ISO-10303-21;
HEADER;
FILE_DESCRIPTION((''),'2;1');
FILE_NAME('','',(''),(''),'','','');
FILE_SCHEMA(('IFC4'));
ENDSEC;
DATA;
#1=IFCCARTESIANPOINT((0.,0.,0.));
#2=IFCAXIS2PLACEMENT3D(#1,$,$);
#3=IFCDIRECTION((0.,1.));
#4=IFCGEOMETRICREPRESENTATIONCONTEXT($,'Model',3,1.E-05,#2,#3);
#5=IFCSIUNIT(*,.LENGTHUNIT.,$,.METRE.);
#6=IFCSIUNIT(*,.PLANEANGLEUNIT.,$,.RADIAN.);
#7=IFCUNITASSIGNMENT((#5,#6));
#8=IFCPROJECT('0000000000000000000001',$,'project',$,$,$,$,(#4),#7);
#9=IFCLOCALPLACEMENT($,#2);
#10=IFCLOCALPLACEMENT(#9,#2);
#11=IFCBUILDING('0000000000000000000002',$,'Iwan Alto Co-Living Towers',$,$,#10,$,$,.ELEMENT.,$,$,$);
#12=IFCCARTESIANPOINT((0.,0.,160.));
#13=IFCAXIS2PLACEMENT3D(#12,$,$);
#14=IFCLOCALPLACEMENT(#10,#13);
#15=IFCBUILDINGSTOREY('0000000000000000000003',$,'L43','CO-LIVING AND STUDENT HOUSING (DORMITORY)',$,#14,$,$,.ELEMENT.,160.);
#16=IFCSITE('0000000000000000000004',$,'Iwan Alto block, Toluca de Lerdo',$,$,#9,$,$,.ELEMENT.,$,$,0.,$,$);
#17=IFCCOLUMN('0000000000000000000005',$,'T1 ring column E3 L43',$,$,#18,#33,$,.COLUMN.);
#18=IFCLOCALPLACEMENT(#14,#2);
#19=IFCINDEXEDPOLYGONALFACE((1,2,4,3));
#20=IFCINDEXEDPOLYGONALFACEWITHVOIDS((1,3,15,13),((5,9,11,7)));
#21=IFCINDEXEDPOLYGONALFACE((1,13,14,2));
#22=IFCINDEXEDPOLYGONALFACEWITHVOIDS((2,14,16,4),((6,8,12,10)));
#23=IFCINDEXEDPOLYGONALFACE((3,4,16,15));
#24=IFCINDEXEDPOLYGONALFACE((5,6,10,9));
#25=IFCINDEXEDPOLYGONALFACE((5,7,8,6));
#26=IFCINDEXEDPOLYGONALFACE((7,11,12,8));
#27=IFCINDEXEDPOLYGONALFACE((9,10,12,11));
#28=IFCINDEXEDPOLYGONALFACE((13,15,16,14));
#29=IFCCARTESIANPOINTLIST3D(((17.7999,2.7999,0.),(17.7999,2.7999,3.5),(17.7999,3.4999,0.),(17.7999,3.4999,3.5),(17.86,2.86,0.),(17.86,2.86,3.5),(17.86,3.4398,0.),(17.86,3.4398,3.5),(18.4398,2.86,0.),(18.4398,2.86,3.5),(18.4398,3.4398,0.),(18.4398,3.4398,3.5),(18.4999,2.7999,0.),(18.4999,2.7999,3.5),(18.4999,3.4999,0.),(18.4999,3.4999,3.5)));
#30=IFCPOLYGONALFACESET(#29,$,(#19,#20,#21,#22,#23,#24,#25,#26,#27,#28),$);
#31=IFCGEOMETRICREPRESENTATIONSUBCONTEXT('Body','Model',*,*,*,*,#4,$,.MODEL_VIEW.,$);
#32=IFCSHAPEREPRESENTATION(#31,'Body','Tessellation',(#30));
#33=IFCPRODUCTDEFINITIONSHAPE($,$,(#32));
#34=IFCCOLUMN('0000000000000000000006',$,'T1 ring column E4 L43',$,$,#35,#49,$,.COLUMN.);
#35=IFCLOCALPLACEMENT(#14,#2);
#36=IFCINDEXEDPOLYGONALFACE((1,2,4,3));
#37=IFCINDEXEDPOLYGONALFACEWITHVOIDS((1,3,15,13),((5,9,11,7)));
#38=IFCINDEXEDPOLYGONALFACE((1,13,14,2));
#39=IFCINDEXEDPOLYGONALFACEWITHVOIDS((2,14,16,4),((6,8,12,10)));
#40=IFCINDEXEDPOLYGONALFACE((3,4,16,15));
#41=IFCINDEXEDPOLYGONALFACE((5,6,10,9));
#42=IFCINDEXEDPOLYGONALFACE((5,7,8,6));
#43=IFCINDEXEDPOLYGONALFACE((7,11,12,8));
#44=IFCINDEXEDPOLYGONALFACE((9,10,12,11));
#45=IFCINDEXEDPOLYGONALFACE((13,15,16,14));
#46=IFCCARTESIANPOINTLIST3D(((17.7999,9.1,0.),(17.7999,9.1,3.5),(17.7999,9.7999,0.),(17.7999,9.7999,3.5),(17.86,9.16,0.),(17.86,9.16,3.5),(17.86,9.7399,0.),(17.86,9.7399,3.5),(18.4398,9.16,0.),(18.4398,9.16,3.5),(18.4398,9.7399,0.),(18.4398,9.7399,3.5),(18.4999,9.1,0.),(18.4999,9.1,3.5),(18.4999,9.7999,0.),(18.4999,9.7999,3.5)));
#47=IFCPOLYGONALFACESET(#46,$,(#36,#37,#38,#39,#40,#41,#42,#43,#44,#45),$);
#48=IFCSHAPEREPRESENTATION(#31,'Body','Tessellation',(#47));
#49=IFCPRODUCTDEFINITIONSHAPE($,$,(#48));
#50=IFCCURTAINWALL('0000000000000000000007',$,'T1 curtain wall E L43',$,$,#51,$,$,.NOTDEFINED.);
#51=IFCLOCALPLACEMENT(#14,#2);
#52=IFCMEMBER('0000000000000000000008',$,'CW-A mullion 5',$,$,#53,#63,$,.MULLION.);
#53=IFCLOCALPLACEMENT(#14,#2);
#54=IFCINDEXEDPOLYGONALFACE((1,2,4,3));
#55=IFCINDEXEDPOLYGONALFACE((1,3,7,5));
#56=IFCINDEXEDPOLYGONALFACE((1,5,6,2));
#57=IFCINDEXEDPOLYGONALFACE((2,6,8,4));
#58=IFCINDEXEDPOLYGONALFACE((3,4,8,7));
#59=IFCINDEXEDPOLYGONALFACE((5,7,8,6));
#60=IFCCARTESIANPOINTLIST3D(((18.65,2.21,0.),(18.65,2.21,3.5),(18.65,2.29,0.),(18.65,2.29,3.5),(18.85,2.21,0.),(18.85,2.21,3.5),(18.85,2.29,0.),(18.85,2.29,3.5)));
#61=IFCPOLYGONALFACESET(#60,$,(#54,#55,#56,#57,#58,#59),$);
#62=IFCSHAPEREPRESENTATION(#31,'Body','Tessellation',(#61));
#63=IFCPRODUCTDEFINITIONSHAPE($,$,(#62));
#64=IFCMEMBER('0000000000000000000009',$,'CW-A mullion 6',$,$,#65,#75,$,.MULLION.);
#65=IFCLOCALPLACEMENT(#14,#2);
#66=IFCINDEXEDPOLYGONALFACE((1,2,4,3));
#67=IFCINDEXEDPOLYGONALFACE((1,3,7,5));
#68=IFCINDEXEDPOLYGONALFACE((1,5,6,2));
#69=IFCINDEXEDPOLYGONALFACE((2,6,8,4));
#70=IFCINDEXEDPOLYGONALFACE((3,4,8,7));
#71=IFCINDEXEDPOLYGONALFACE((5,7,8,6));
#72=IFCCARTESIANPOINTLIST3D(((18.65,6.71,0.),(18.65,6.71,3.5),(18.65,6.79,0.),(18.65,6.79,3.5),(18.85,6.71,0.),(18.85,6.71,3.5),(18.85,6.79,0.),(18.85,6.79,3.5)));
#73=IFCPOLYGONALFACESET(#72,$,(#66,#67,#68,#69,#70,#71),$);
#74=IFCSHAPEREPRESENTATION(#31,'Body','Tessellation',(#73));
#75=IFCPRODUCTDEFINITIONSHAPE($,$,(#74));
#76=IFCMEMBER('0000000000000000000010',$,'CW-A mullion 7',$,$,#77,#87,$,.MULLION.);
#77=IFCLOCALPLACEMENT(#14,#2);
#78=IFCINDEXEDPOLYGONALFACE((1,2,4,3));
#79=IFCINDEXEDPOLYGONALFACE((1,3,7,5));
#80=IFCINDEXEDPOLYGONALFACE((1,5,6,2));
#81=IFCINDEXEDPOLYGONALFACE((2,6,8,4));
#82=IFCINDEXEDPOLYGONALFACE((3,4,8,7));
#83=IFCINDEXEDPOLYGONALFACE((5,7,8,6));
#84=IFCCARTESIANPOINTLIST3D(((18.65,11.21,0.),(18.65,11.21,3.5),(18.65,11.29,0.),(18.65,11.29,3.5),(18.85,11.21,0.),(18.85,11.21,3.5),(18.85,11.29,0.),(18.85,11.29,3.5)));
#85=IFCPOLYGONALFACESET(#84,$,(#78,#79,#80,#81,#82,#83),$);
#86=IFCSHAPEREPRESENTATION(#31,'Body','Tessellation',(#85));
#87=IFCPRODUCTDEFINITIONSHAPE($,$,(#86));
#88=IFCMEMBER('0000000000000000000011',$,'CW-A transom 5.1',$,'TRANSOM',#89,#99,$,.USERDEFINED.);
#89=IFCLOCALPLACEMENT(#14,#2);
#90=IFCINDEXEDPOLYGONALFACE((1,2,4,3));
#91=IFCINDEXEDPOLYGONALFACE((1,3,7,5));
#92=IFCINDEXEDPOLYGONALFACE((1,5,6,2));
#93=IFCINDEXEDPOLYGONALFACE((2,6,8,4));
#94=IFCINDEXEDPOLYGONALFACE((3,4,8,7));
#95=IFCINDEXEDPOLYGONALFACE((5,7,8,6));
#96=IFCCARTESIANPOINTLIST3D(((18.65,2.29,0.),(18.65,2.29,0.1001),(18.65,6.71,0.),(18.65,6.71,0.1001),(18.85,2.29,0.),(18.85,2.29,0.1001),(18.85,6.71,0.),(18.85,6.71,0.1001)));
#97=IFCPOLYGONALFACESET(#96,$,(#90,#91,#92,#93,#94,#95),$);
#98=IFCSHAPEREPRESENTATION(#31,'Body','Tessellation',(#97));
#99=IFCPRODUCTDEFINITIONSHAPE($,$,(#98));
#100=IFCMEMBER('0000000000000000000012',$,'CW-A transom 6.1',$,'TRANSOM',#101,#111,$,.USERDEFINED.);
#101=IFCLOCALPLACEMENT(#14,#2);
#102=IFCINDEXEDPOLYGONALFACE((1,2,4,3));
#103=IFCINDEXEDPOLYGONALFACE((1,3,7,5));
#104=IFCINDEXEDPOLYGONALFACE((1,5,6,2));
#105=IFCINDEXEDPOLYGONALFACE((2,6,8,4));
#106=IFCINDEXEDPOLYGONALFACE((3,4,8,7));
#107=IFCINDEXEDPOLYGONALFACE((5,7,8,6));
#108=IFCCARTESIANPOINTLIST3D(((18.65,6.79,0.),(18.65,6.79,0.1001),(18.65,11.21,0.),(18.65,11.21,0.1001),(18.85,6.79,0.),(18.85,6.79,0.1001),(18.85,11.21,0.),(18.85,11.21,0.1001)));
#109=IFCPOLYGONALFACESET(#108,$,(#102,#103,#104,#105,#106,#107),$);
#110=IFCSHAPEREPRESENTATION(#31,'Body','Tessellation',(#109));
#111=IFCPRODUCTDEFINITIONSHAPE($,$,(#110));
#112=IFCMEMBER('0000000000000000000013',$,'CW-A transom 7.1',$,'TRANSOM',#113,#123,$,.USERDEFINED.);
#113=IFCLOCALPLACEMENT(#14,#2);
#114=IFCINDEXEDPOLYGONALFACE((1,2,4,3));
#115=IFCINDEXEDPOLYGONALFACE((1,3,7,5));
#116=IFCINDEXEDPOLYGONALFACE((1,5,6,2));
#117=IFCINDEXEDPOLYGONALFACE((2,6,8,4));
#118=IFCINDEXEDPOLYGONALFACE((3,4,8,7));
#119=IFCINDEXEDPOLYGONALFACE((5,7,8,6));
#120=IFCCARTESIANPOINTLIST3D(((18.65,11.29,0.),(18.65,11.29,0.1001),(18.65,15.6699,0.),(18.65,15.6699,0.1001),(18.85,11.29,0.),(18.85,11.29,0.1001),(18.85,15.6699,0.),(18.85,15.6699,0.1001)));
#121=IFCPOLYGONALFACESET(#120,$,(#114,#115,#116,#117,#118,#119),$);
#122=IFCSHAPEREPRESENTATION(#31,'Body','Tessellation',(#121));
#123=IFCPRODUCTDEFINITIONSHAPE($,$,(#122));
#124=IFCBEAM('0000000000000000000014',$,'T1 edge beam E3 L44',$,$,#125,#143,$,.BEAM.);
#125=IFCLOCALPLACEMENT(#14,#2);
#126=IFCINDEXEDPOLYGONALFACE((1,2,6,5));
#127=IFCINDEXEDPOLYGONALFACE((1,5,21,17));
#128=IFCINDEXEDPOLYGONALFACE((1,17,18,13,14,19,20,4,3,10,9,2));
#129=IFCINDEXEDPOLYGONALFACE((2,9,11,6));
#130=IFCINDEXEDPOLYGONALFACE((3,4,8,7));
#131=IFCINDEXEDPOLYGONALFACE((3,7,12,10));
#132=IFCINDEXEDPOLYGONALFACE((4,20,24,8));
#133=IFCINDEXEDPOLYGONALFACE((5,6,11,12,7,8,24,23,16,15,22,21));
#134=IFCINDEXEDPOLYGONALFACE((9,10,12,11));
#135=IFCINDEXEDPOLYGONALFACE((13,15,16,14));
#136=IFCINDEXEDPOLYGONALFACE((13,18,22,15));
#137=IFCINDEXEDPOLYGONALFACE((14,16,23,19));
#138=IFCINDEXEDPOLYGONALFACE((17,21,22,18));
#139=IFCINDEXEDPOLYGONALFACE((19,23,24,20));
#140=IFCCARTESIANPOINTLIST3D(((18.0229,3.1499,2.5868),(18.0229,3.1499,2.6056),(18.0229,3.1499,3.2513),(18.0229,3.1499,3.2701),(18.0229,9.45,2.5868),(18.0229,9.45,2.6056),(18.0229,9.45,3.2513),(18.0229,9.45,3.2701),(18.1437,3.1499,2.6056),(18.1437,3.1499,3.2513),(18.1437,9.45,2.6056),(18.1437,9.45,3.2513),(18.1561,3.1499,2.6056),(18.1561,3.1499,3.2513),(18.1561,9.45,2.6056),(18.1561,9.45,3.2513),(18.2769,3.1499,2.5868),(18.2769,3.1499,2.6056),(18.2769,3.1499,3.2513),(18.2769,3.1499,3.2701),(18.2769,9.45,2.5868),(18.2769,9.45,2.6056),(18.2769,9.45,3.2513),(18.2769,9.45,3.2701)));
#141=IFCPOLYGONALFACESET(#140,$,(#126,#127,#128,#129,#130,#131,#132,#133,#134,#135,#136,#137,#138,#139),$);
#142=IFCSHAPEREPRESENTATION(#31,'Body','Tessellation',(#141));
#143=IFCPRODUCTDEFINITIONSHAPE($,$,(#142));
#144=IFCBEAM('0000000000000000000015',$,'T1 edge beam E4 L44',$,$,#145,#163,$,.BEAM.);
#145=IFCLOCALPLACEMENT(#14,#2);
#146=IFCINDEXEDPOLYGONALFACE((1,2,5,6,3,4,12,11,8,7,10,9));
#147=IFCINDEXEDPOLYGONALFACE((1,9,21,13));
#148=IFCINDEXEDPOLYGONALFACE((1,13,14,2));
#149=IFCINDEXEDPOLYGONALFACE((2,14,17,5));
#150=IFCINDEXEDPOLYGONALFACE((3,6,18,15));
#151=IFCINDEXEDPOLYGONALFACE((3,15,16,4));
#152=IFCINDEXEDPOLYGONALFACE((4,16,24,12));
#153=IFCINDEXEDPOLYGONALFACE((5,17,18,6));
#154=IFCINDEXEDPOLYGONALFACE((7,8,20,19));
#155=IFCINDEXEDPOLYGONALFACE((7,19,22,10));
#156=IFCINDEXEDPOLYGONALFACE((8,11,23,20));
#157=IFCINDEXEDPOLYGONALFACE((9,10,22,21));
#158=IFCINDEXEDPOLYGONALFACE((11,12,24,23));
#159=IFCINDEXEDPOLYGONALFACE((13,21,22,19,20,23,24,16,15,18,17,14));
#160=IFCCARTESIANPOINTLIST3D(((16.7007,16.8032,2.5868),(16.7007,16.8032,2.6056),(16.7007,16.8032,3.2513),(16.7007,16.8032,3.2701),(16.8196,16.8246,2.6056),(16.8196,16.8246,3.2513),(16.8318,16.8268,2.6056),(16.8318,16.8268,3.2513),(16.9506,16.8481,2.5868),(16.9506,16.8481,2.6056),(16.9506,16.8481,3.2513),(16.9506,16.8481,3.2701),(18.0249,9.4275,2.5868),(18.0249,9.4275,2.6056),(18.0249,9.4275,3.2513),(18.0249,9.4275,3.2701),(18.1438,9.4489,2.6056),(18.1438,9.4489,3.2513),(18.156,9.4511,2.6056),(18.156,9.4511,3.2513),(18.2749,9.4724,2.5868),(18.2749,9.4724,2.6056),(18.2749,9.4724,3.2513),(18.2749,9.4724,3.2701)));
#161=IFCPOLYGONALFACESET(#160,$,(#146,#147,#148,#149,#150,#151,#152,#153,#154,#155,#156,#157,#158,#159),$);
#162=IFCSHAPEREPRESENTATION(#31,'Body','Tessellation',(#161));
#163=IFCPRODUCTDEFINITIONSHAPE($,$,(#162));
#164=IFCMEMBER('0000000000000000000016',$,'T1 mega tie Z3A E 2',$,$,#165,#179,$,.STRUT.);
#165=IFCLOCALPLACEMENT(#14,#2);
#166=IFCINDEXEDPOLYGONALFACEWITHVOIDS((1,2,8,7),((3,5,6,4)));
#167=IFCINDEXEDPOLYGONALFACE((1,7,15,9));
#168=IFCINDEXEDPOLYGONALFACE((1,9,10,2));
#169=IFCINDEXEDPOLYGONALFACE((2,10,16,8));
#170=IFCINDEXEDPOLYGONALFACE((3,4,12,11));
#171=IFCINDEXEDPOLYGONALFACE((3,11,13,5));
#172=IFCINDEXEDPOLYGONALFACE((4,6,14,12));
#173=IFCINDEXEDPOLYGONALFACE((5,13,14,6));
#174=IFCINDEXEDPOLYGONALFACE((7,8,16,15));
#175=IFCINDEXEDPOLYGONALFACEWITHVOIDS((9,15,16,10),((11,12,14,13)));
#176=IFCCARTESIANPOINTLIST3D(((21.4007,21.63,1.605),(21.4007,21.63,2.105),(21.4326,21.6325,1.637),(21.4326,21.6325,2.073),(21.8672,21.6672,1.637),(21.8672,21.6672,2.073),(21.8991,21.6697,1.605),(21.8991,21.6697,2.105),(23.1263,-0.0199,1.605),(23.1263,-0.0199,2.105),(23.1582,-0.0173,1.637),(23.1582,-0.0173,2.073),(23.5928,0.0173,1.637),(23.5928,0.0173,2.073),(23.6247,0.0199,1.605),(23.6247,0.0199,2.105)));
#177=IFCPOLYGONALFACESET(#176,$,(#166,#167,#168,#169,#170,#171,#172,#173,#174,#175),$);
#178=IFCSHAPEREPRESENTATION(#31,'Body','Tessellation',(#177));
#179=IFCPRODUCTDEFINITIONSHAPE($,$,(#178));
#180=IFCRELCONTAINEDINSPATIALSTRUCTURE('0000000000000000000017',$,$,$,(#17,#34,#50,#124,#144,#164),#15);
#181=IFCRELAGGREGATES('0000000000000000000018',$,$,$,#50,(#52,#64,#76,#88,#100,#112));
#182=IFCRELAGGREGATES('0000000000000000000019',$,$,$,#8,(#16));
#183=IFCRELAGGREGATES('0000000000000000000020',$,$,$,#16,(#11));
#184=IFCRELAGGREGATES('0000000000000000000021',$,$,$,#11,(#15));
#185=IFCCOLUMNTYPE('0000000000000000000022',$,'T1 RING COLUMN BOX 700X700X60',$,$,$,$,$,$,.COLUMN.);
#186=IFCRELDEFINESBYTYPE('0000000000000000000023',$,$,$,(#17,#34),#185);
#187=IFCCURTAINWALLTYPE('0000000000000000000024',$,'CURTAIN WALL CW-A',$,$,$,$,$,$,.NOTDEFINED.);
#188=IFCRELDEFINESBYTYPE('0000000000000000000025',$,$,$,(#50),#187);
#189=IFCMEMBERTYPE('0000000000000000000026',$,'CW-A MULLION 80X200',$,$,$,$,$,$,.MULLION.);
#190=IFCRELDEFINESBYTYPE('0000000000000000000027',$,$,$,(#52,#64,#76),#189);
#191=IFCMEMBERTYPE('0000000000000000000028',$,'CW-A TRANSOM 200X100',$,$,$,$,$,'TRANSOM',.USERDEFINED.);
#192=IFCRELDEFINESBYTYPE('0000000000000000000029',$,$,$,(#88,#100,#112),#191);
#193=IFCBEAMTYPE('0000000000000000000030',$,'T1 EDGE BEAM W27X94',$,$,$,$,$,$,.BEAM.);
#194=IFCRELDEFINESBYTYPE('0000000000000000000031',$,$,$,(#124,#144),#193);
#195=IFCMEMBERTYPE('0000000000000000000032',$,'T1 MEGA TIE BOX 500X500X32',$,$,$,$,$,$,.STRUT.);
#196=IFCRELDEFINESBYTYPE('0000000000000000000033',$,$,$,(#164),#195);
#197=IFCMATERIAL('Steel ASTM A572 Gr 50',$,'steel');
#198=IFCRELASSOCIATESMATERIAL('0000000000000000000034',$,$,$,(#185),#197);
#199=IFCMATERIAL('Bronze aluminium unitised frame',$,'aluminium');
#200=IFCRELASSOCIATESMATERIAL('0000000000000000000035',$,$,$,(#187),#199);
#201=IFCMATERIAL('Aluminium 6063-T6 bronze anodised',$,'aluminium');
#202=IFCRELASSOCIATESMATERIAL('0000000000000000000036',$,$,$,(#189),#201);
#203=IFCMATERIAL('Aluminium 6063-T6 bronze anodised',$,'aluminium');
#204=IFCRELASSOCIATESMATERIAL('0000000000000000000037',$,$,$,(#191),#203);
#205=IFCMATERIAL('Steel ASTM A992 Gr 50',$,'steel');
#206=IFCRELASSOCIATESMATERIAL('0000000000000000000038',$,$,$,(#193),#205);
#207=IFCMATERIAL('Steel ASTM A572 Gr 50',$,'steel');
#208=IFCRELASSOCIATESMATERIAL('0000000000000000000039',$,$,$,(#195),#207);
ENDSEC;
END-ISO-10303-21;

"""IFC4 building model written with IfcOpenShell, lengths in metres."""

from ifc_helpers import new_model, si_unit, direction, frame, origin, origin_2d, place, context, subcontext, project, spatial, rectangle, hollow_rectangle, i_section, extrude, material, material_profile, profile_set, type_object, element, aggregate, save


model = new_model("IFC4")

# Units and contexts
model_context = context("Model", 3, precision=1e-05, world=origin(), true_north=direction((0.0, 1.0)))
body_context = subcontext(model_context, "Body", "Model", "MODEL_VIEW")
ifc_project = project(units=[si_unit("LENGTHUNIT", "METRE"), si_unit("PLANEANGLEUNIT", "RADIAN")], contexts=[model_context])

# Site, building, storey
site_placement = place(None, origin())
site = spatial("IfcSite", under=ifc_project, at=site_placement, Name="Iwan Alto block, Toluca de Lerdo", CompositionType="ELEMENT", RefElevation=0.0)
building_placement = place(site_placement, origin())
building = spatial("IfcBuilding", under=site, at=building_placement, Name="Iwan Alto Co-Living Towers", CompositionType="ELEMENT")
storey_placement = place(building_placement, frame((0.0, 0.0, 160.0)))
storey = spatial("IfcBuildingStorey", under=building, at=storey_placement, Name="L43", Description="CO-LIVING AND STUDENT HOUSING (DORMITORY)", CompositionType="ELEMENT", Elevation=160.0)

# Columns
ifc_material_1 = material(Name="Steel ASTM A572 Gr 50", Category="steel")
ifc_material_profile_1 = material_profile(ifc_material_1, hollow_rectangle(XDim=0.7, YDim=0.7, WallThickness=0.0601, at=origin_2d()), Name="BOX 700X700X60")
ifc_profile_set_1 = profile_set([ifc_material_profile_1], Name="Steel ASTM A572 Gr 50")
column_type = type_object("IfcColumnType", Name="T1 RING COLUMN BOX 700X700X60", PredefinedType="COLUMN", material=ifc_profile_set_1)
for number, where, z_axis, x_axis, name in (
    (1, (18.1499, 3.1499, 0.0), (0.0, 0.0, 1.0), (1.0, 0.0, 0.0), "T1 ring column E3 L43"),
    (2, (18.1499, 9.45, 0.0), (0.0, 0.0, 1.0), (1.0, 0.0, 0.0), "T1 ring column E4 L43"),
):
    element("IfcColumn", number, at=place(storey_placement, frame(where, z_axis=z_axis, x_axis=x_axis)), inside=storey, type_object=column_type, Name=name, PredefinedType="COLUMN", context=body_context, shape_type="SweptSolid", body=[
        extrude(hollow_rectangle(XDim=0.7, YDim=0.7, WallThickness=0.0601, at=origin_2d()), origin(), (0.0, 0.0, 1.0), 3.5),
    ])

# Curtain wall, members
ifc_material_2 = material(Name="Bronze aluminium unitised frame", Category="aluminium")
curtain_wall_type = type_object("IfcCurtainWallType", Name="CURTAIN WALL CW-A", PredefinedType="NOTDEFINED", material=ifc_material_2)
curtain_wall_placement = place(storey_placement, origin())
curtain_wall = element("IfcCurtainWall", 3, at=curtain_wall_placement, inside=storey, type_object=curtain_wall_type, Name="T1 curtain wall E L43", PredefinedType="NOTDEFINED")
ifc_material_3 = material(Name="Aluminium 6063-T6 bronze anodised", Category="aluminium")
ifc_material_profile_2 = material_profile(ifc_material_3, rectangle(XDim=0.2, YDim=0.0801, at=origin_2d()), Name="AL 80X200")
ifc_profile_set_2 = profile_set([ifc_material_profile_2], Name="Aluminium 6063-T6 bronze anodised")
member_type_1 = type_object("IfcMemberType", Name="CW-A MULLION 80X200", PredefinedType="MULLION", material=ifc_profile_set_2)
member_1_placement = place(storey_placement, frame((18.75, 2.25, 0.0), z_axis=(0.0, 0.0, 1.0), x_axis=(-1.0, 0.0, 0.0)))
member_1 = element("IfcMember", 4, at=member_1_placement, type_object=member_type_1, Name="CW-A mullion 5", PredefinedType="MULLION", context=body_context, shape_type="SweptSolid", body=[
    extrude(rectangle(XDim=0.2, YDim=0.0801, at=origin_2d()), origin(), (0.0, 0.0, 1.0), 3.5),
])
member_2_placement = place(storey_placement, frame((18.75, 6.75, 0.0), z_axis=(0.0, 0.0, 1.0), x_axis=(-1.0, 0.0, 0.0)))
member_2 = element("IfcMember", 5, at=member_2_placement, type_object=member_type_1, Name="CW-A mullion 6", PredefinedType="MULLION", context=body_context, shape_type="SweptSolid", body=[
    extrude(rectangle(XDim=0.2, YDim=0.0801, at=origin_2d()), origin(), (0.0, 0.0, 1.0), 3.5),
])
member_3_placement = place(storey_placement, frame((18.75, 11.25, 0.0), z_axis=(0.0, 0.0, 1.0), x_axis=(-1.0, 0.0, 0.0)))
member_3 = element("IfcMember", 6, at=member_3_placement, type_object=member_type_1, Name="CW-A mullion 7", PredefinedType="MULLION", context=body_context, shape_type="SweptSolid", body=[
    extrude(rectangle(XDim=0.2, YDim=0.0801, at=origin_2d()), origin(), (0.0, 0.0, 1.0), 3.5),
])
ifc_material_4 = material(Name="Aluminium 6063-T6 bronze anodised", Category="aluminium")
ifc_material_profile_3 = material_profile(ifc_material_4, rectangle(XDim=0.2, YDim=0.1001, at=origin_2d()), Name="AL 200X100")
ifc_profile_set_3 = profile_set([ifc_material_profile_3], Name="Aluminium 6063-T6 bronze anodised")
member_type_2 = type_object("IfcMemberType", Name="CW-A TRANSOM 200X100", ElementType="TRANSOM", PredefinedType="USERDEFINED", material=ifc_profile_set_3)
member_4_placement = place(storey_placement, frame((18.75, 2.29, 0.05), z_axis=(0.0, 1.0, 0.0), x_axis=(-1.0, 0.0, 0.0)))
member_4 = element("IfcMember", 7, at=member_4_placement, type_object=member_type_2, Name="CW-A transom 5.1", ObjectType="TRANSOM", PredefinedType="USERDEFINED", context=body_context, shape_type="SweptSolid", body=[
    extrude(rectangle(XDim=0.2, YDim=0.1001, at=origin_2d()), origin(), (0.0, 0.0, 1.0), 4.4199),
])
member_5_placement = place(storey_placement, frame((18.75, 6.79, 0.05), z_axis=(0.0, 1.0, 0.0), x_axis=(-1.0, 0.0, 0.0)))
member_5 = element("IfcMember", 8, at=member_5_placement, type_object=member_type_2, Name="CW-A transom 6.1", ObjectType="TRANSOM", PredefinedType="USERDEFINED", context=body_context, shape_type="SweptSolid", body=[
    extrude(rectangle(XDim=0.2, YDim=0.1001, at=origin_2d()), origin(), (0.0, 0.0, 1.0), 4.4199),
])
member_6_placement = place(storey_placement, frame((18.75, 11.29, 0.05), z_axis=(0.0, 1.0, 0.0), x_axis=(-1.0, 0.0, 0.0)))
member_6 = element("IfcMember", 9, at=member_6_placement, type_object=member_type_2, Name="CW-A transom 7.1", ObjectType="TRANSOM", PredefinedType="USERDEFINED", context=body_context, shape_type="SweptSolid", body=[
    extrude(rectangle(XDim=0.2, YDim=0.1001, at=origin_2d()), origin(), (0.0, 0.0, 1.0), 4.3799),
])

# Beams
ifc_material_5 = material(Name="Steel ASTM A992 Gr 50", Category="steel")
ifc_material_profile_4 = material_profile(ifc_material_5, i_section(OverallWidth=0.2539, OverallDepth=0.6833, WebThickness=0.0125, FlangeThickness=0.0188, at=origin_2d()), Name="W27X94")
ifc_profile_set_4 = profile_set([ifc_material_profile_4], Name="Steel ASTM A992 Gr 50")
beam_type_1 = type_object("IfcBeamType", Name="T1 EDGE BEAM W27X94", PredefinedType="BEAM", material=ifc_profile_set_4)
beam_1_placement = place(storey_placement, frame((18.1499, 3.1499, 2.9285), z_axis=(0.0, 1.0, 0.0), x_axis=(-1.0, 0.0, 0.0)))
element("IfcBeam", 10, at=beam_1_placement, inside=storey, type_object=beam_type_1, Name="T1 edge beam E3 L44", PredefinedType="BEAM", context=body_context, shape_type="SweptSolid", body=[
    extrude(i_section(OverallWidth=0.2539, OverallDepth=0.6833, WebThickness=0.0125, FlangeThickness=0.0188, at=origin_2d()), origin(), (0.0, 0.0, 1.0), 6.3),
])
beam_2_placement = place(storey_placement, frame((18.1499, 9.45, 2.9285), z_axis=(-0.176712, 0.984263, 0.0), x_axis=(-0.984263, -0.176712, 0.0)))
element("IfcBeam", 11, at=beam_2_placement, inside=storey, type_object=beam_type_1, Name="T1 edge beam E4 L44", PredefinedType="BEAM", context=body_context, shape_type="SweptSolid", body=[
    extrude(i_section(OverallWidth=0.2539, OverallDepth=0.6833, WebThickness=0.0125, FlangeThickness=0.0188, at=origin_2d()), origin(), (0.0, 0.0, 1.0), 7.4937),
])

# Member
ifc_material_6 = material(Name="Steel ASTM A572 Gr 50", Category="steel")
ifc_material_profile_5 = material_profile(ifc_material_6, hollow_rectangle(XDim=0.5, YDim=0.5, WallThickness=0.032, at=origin_2d()), Name="BOX 500X500X32")
ifc_profile_set_5 = profile_set([ifc_material_profile_5], Name="Steel ASTM A572 Gr 50")
member_type_3 = type_object("IfcMemberType", Name="T1 MEGA TIE BOX 500X500X32", PredefinedType="STRUT", material=ifc_profile_set_5)
member_7_placement = place(storey_placement, frame((23.3755, 0.0, 1.855), z_axis=(-0.079452, 0.996839, 0.0), x_axis=(-0.996839, -0.079452, 0.0)))
element("IfcMember", 12, at=member_7_placement, inside=storey, type_object=member_type_3, Name="T1 mega tie Z3A E 2", PredefinedType="STRUT", context=body_context, shape_type="SweptSolid", body=[
    extrude(hollow_rectangle(XDim=0.5, YDim=0.5, WallThickness=0.032, at=origin_2d()), origin(), (0.0, 0.0, 1.0), 21.7185),
])

aggregate(curtain_wall, [member_1, member_2, member_3, member_4, member_5, member_6])

save(model, "model.ifc")
